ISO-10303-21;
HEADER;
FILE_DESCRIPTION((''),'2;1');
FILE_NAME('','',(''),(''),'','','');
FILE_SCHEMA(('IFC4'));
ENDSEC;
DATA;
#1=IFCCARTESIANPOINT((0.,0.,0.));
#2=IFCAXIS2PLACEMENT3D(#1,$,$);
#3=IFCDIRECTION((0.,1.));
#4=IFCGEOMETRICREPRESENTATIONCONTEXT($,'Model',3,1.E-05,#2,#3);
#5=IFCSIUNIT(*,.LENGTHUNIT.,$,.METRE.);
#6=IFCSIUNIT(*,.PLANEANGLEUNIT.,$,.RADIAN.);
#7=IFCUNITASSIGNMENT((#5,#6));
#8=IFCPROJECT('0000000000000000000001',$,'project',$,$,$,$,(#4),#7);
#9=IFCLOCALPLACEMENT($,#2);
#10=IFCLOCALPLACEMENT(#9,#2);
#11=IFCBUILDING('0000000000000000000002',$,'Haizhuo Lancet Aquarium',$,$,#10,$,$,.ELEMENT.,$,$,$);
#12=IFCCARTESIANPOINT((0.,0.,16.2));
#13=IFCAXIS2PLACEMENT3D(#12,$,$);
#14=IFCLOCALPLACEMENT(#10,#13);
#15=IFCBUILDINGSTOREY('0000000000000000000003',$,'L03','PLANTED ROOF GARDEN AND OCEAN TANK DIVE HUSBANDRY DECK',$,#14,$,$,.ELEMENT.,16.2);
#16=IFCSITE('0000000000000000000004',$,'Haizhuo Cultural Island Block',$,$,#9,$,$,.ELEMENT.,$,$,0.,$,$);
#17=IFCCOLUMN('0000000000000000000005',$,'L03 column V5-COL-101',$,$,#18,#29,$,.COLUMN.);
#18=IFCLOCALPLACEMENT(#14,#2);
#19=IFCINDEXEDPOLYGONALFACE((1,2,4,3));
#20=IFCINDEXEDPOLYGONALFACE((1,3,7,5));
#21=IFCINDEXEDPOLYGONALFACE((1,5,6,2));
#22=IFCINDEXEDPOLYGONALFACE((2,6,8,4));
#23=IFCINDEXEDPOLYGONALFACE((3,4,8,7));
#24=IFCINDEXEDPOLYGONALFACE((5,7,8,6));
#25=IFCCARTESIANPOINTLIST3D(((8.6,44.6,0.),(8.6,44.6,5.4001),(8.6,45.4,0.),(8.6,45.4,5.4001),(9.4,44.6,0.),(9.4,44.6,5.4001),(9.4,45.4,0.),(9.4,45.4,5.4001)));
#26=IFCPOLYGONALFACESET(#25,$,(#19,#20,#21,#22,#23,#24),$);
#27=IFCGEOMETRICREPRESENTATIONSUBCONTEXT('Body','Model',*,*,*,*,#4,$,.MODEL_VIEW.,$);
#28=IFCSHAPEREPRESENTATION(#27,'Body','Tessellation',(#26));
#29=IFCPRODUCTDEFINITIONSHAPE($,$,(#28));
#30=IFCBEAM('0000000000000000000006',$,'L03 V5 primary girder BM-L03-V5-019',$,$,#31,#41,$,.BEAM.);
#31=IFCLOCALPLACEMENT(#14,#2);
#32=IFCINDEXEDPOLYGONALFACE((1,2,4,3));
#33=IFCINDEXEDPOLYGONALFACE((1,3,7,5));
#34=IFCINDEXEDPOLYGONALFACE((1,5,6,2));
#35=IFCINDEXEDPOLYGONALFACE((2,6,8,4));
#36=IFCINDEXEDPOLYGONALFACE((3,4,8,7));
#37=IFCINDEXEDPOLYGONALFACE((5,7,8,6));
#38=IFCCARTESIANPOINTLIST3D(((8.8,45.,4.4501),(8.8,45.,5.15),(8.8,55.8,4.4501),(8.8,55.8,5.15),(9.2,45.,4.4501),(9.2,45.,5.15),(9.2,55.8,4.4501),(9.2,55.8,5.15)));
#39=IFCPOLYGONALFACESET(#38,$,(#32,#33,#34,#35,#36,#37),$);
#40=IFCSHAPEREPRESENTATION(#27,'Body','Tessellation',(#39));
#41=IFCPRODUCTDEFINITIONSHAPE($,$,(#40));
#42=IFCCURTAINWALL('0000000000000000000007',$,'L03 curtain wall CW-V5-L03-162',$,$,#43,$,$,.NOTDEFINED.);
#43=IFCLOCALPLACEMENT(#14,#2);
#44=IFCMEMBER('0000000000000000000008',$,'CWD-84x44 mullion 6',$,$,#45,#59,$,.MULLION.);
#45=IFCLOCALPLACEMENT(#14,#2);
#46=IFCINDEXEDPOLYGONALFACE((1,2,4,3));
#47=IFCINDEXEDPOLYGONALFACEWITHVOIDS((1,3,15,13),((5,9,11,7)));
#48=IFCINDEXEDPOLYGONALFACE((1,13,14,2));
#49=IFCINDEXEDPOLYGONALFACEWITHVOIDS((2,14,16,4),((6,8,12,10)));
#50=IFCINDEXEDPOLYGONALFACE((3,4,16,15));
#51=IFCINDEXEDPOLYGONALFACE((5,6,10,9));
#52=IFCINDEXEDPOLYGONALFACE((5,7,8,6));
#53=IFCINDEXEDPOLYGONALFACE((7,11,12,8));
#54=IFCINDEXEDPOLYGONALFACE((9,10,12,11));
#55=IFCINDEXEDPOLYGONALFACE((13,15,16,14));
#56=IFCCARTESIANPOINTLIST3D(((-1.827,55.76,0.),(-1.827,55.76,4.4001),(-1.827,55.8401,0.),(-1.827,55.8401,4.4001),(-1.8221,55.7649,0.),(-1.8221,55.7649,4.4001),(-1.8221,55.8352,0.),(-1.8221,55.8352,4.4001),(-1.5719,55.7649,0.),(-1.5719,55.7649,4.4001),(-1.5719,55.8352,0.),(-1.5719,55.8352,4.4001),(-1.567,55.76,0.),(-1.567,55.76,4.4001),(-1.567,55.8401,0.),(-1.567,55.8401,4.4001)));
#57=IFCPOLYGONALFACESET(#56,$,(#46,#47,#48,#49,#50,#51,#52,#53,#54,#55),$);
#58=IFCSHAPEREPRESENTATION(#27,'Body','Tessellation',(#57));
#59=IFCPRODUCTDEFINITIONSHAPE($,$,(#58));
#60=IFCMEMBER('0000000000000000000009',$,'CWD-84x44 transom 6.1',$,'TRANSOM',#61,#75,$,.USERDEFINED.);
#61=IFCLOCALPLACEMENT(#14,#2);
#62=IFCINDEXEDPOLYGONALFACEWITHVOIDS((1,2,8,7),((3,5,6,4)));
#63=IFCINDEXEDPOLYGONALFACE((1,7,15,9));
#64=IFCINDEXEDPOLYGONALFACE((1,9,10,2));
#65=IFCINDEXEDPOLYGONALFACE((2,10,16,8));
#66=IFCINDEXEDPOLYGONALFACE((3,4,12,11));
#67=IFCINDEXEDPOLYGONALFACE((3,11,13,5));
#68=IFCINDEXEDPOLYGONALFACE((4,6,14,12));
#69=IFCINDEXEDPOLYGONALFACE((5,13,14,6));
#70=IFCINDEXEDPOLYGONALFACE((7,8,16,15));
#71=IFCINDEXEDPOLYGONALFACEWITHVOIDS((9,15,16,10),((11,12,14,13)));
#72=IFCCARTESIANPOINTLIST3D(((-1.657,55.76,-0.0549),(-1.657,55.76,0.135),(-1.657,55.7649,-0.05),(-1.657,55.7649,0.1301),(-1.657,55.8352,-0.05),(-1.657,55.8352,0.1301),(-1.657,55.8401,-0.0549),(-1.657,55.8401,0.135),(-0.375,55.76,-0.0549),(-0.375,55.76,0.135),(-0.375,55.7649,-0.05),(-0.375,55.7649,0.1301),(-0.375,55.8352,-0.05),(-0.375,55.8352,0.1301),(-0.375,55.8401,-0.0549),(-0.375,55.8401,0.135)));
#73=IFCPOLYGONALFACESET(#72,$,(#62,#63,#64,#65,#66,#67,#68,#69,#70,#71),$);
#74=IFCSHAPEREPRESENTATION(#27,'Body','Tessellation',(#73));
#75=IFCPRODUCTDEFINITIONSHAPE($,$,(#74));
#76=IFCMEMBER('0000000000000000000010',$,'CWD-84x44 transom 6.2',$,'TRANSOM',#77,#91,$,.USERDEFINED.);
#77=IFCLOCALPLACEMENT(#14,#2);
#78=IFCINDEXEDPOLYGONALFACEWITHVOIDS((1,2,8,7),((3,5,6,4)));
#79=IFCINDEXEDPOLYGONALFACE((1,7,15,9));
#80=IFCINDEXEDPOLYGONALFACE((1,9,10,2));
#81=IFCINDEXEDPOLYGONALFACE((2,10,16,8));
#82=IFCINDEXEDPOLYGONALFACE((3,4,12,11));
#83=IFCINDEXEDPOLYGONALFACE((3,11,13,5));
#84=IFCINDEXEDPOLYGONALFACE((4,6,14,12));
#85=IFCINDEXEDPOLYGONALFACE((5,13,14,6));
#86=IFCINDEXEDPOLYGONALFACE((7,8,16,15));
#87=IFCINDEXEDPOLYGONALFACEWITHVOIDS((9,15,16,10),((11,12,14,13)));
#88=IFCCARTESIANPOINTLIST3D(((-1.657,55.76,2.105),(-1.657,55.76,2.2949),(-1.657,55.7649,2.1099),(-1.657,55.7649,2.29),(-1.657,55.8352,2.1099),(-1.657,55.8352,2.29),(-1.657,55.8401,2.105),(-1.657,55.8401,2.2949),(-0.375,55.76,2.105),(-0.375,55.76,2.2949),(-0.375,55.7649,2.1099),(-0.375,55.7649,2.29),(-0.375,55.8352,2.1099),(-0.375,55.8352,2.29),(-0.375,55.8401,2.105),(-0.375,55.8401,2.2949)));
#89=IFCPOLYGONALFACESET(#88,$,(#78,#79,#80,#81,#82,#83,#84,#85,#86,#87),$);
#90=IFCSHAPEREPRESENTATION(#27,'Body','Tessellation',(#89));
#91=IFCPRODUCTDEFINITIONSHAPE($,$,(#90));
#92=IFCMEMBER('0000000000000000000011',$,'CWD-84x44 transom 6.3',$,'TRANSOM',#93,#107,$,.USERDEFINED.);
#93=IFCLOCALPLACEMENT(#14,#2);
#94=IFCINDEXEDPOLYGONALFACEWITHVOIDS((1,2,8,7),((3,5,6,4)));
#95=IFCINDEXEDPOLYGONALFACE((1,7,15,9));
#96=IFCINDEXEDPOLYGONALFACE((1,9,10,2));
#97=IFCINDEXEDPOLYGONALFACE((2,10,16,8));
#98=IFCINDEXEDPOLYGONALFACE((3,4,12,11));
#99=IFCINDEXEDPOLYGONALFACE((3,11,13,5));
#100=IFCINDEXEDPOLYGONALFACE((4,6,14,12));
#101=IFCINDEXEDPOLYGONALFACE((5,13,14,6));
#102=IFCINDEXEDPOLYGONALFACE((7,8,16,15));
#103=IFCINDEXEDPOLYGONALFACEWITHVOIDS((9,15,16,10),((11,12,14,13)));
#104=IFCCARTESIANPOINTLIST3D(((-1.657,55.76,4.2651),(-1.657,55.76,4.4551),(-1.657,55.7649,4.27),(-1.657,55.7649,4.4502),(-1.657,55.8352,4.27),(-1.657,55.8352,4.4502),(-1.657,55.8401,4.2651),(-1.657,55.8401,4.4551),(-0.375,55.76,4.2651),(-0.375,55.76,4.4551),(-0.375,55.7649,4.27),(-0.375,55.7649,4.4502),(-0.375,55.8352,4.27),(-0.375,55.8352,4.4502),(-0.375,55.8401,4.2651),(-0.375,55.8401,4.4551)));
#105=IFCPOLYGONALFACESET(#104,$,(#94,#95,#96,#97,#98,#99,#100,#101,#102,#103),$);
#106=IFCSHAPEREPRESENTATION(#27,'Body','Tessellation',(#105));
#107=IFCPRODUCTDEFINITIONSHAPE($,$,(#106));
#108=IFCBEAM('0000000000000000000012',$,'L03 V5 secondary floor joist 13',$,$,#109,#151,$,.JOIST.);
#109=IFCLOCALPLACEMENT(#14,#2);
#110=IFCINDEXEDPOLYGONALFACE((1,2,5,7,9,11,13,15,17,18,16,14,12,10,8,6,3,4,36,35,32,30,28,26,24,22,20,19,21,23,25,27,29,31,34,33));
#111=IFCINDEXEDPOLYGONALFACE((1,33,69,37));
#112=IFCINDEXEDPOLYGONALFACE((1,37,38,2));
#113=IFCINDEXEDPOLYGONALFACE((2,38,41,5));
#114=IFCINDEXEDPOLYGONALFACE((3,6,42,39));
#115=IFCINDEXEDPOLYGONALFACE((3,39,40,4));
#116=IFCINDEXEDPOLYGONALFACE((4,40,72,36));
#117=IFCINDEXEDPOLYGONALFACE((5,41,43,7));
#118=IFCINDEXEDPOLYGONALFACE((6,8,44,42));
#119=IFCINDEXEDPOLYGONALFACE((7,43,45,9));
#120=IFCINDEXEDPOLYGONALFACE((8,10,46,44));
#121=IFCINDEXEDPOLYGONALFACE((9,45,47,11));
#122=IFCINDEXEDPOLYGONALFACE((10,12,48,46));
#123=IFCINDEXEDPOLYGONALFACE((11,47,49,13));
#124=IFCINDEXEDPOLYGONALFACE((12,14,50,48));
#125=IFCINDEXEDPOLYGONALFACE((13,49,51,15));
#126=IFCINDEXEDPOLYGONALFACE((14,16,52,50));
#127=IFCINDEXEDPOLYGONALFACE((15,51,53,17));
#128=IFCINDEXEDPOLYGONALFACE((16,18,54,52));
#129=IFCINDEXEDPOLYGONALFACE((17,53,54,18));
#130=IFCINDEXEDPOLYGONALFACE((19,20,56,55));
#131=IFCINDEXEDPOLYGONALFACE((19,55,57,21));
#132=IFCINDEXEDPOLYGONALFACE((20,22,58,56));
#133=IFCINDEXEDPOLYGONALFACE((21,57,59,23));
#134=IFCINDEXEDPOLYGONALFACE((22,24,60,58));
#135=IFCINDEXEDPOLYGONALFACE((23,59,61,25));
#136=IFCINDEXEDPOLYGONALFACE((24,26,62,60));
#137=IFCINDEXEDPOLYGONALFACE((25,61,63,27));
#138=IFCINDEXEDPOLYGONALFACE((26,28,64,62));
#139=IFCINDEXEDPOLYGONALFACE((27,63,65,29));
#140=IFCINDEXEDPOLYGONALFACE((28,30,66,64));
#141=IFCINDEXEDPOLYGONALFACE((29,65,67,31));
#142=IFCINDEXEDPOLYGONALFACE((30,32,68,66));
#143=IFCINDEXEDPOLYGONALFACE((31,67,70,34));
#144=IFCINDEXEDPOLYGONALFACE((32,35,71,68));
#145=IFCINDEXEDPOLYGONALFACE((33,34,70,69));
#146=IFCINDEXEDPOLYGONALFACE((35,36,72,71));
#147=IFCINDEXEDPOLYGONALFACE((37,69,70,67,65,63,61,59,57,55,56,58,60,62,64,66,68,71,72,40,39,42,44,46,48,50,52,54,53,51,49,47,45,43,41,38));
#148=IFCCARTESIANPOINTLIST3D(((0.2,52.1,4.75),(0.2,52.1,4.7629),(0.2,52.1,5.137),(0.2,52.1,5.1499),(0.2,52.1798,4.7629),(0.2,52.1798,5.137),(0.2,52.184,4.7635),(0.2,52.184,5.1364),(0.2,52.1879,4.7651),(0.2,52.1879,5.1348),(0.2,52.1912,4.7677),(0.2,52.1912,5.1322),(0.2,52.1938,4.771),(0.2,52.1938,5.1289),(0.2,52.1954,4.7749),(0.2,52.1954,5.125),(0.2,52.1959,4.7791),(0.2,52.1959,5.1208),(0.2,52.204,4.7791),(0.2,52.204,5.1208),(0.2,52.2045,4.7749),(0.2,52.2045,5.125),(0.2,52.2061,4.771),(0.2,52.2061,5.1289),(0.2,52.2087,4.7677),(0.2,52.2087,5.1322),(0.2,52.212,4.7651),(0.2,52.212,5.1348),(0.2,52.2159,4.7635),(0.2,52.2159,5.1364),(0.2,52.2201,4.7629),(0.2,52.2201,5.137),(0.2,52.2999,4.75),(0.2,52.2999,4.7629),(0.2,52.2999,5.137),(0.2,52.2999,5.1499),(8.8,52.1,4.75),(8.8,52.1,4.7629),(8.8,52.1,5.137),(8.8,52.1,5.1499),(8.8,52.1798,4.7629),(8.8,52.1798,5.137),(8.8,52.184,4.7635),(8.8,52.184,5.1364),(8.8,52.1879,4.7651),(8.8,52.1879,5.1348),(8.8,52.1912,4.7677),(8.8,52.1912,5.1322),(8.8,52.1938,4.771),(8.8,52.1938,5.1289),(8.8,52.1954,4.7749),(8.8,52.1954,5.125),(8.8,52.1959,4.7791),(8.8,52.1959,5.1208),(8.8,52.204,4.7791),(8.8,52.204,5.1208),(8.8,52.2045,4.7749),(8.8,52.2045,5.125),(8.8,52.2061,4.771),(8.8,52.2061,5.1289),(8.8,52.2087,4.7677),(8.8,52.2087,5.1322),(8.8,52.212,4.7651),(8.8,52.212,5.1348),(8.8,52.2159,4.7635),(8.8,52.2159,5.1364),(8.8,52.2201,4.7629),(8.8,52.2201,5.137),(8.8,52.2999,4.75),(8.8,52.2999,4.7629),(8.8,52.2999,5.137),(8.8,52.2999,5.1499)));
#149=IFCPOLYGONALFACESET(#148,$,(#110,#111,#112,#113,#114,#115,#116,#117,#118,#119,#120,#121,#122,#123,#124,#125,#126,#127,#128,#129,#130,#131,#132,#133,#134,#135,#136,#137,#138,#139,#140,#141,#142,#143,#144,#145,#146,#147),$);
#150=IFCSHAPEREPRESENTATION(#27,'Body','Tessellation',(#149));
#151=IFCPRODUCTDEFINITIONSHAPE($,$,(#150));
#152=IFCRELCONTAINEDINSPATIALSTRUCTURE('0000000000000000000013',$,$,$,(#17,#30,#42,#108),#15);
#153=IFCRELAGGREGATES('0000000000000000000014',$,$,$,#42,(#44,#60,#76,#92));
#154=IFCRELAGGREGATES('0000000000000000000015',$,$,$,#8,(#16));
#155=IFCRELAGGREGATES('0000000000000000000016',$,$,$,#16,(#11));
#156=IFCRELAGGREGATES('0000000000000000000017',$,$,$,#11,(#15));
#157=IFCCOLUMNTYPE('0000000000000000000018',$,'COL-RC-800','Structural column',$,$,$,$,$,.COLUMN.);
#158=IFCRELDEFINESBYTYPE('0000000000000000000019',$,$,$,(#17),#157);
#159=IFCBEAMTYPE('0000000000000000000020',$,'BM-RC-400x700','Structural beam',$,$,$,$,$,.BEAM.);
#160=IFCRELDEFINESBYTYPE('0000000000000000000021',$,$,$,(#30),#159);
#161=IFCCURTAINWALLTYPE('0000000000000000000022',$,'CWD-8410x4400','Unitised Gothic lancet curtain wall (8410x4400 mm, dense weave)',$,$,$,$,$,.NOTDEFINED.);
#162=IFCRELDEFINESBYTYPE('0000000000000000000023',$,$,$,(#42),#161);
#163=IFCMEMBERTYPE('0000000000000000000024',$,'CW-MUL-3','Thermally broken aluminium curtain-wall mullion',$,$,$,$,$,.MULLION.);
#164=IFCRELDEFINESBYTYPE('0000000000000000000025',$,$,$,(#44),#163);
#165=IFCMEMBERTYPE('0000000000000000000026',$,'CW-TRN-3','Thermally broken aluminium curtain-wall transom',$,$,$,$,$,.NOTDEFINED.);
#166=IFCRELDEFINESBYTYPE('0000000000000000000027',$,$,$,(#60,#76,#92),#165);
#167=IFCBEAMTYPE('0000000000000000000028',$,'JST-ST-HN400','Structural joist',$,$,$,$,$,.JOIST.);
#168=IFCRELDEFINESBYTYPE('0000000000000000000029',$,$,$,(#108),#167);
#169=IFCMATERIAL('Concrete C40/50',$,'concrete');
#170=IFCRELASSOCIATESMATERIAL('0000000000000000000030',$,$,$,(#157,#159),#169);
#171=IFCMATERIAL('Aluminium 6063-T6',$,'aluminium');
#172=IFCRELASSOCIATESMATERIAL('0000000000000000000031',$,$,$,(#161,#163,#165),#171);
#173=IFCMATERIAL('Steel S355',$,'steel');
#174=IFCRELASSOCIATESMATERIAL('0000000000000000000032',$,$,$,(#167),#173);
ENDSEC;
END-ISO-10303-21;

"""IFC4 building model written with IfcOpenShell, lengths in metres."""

from ifc_helpers import new_model, si_unit, direction, frame, origin, origin_2d, place, context, subcontext, project, spatial, rectangle, hollow_rectangle, i_section, extrude, material, material_profile, profile_set, type_object, element, aggregate, save


model = new_model("IFC4")

# Units and contexts
model_context = context("Model", 3, precision=1e-05, world=origin(), true_north=direction((0.0, 1.0)))
body_context = subcontext(model_context, "Body", "Model", "MODEL_VIEW")
ifc_project = project(units=[si_unit("LENGTHUNIT", "METRE"), si_unit("PLANEANGLEUNIT", "RADIAN")], contexts=[model_context])

# Site, building, storey
site_placement = place(None, origin())
site = spatial("IfcSite", under=ifc_project, at=site_placement, Name="Haizhuo Cultural Island Block", CompositionType="ELEMENT", RefElevation=0.0)
building_placement = place(site_placement, origin())
building = spatial("IfcBuilding", under=site, at=building_placement, Name="Haizhuo Lancet Aquarium", CompositionType="ELEMENT")
storey_placement = place(building_placement, frame((0.0, 0.0, 16.2)))
storey = spatial("IfcBuildingStorey", under=building, at=storey_placement, Name="L03", Description="PLANTED ROOF GARDEN AND OCEAN TANK DIVE HUSBANDRY DECK", CompositionType="ELEMENT", Elevation=16.2)

# Column
ifc_material_1 = material(Name="Concrete C40/50", Category="concrete")
ifc_material_profile_1 = material_profile(ifc_material_1, rectangle(XDim=0.8, YDim=0.8, at=origin_2d()), Name="RC-COL 800x800")
ifc_profile_set_1 = profile_set([ifc_material_profile_1], Name="Concrete C40/50")
column_type = type_object("IfcColumnType", Name="COL-RC-800", Description="Structural column", PredefinedType="COLUMN", material=ifc_profile_set_1)
column_placement = place(storey_placement, frame((9.0, 45.0, 0.0), z_axis=(0.0, 0.0, 1.0), x_axis=(1.0, 0.0, 0.0)))
element("IfcColumn", 1, at=column_placement, inside=storey, type_object=column_type, Name="L03 column V5-COL-101", PredefinedType="COLUMN", context=body_context, shape_type="SweptSolid", body=[
    extrude(rectangle(XDim=0.8, YDim=0.8, at=origin_2d()), origin(), (0.0, 0.0, 1.0), 5.4001),
])

# Beam
ifc_material_profile_2 = material_profile(ifc_material_1, rectangle(XDim=0.3999, YDim=0.7, at=origin_2d()), Name="RC-BM 400x700")
ifc_profile_set_2 = profile_set([ifc_material_profile_2], Name="Concrete C40/50")
beam_type_1 = type_object("IfcBeamType", Name="BM-RC-400x700", Description="Structural beam", PredefinedType="BEAM", material=ifc_profile_set_2)
beam_1_placement = place(storey_placement, frame((9.0, 45.0, 4.8), z_axis=(0.0, 1.0, 0.0), x_axis=(-1.0, 0.0, 0.0)))
element("IfcBeam", 2, at=beam_1_placement, inside=storey, type_object=beam_type_1, Name="L03 V5 primary girder BM-L03-V5-019", PredefinedType="BEAM", context=body_context, shape_type="SweptSolid", body=[
    extrude(rectangle(XDim=0.3999, YDim=0.7, at=origin_2d()), origin(), (0.0, 0.0, 1.0), 10.8),
])

# Curtain wall, members
ifc_material_2 = material(Name="Aluminium 6063-T6", Category="aluminium")
curtain_wall_type = type_object("IfcCurtainWallType", Name="CWD-8410x4400", Description="Unitised Gothic lancet curtain wall (8410x4400 mm, dense weave)", PredefinedType="NOTDEFINED", material=ifc_material_2)
curtain_wall_placement = place(storey_placement, origin())
curtain_wall = element("IfcCurtainWall", 3, at=curtain_wall_placement, inside=storey, type_object=curtain_wall_type, Name="L03 curtain wall CW-V5-L03-162", PredefinedType="NOTDEFINED")
ifc_material_profile_3 = material_profile(ifc_material_2, hollow_rectangle(XDim=0.0801, YDim=0.26, WallThickness=0.0049, at=origin_2d()), Name="ALU-M 80x260x5")
ifc_profile_set_3 = profile_set([ifc_material_profile_3], Name="Aluminium 6063-T6")
member_type_1 = type_object("IfcMemberType", Name="CW-MUL-3", Description="Thermally broken aluminium curtain-wall mullion", PredefinedType="MULLION", material=ifc_profile_set_3)
member_1_placement = place(storey_placement, frame((-1.697, 55.8, 0.0), z_axis=(0.0, 0.0, 1.0), x_axis=(0.0, 1.0, 0.0)))
member_1 = element("IfcMember", 4, at=member_1_placement, type_object=member_type_1, Name="CWD-84x44 mullion 6", PredefinedType="MULLION", context=body_context, shape_type="SweptSolid", body=[
    extrude(hollow_rectangle(XDim=0.0801, YDim=0.26, WallThickness=0.0049, at=origin_2d()), origin(), (0.0, 0.0, 1.0), 4.4001),
])
ifc_material_profile_4 = material_profile(ifc_material_2, hollow_rectangle(XDim=0.0801, YDim=0.1899, WallThickness=0.0049, at=origin_2d()), Name="ALU-T 80x190x5")
ifc_profile_set_4 = profile_set([ifc_material_profile_4], Name="Aluminium 6063-T6")
member_type_2 = type_object("IfcMemberType", Name="CW-TRN-3", Description="Thermally broken aluminium curtain-wall transom", PredefinedType="NOTDEFINED", material=ifc_profile_set_4)
member_2_placement = place(storey_placement, frame((-1.657, 55.8, 0.04), z_axis=(1.0, 0.0, 0.0), x_axis=(0.0, 1.0, 0.0)))
member_2 = element("IfcMember", 5, at=member_2_placement, type_object=member_type_2, Name="CWD-84x44 transom 6.1", ObjectType="TRANSOM", PredefinedType="USERDEFINED", context=body_context, shape_type="SweptSolid", body=[
    extrude(hollow_rectangle(XDim=0.0801, YDim=0.1899, WallThickness=0.0049, at=origin_2d()), origin(), (0.0, 0.0, 1.0), 1.282),
])
member_3_placement = place(storey_placement, frame((-1.657, 55.8, 2.2), z_axis=(1.0, 0.0, 0.0), x_axis=(0.0, 1.0, 0.0)))
member_3 = element("IfcMember", 6, at=member_3_placement, type_object=member_type_2, Name="CWD-84x44 transom 6.2", ObjectType="TRANSOM", PredefinedType="USERDEFINED", context=body_context, shape_type="SweptSolid", body=[
    extrude(hollow_rectangle(XDim=0.0801, YDim=0.1899, WallThickness=0.0049, at=origin_2d()), origin(), (0.0, 0.0, 1.0), 1.282),
])
member_4_placement = place(storey_placement, frame((-1.657, 55.8, 4.3601), z_axis=(1.0, 0.0, 0.0), x_axis=(0.0, 1.0, 0.0)))
member_4 = element("IfcMember", 7, at=member_4_placement, type_object=member_type_2, Name="CWD-84x44 transom 6.3", ObjectType="TRANSOM", PredefinedType="USERDEFINED", context=body_context, shape_type="SweptSolid", body=[
    extrude(hollow_rectangle(XDim=0.0801, YDim=0.1899, WallThickness=0.0049, at=origin_2d()), origin(), (0.0, 0.0, 1.0), 1.282),
])

# Beam
ifc_material_3 = material(Name="Steel S355", Category="steel")
ifc_material_profile_5 = material_profile(ifc_material_3, i_section(OverallWidth=0.2, OverallDepth=0.3999, WebThickness=0.0081, FlangeThickness=0.0129, FilletRadius=0.0161, at=origin_2d()), Name="HN 400x200x8x13")
ifc_profile_set_5 = profile_set([ifc_material_profile_5], Name="Steel S355")
beam_type_2 = type_object("IfcBeamType", Name="JST-ST-HN400", Description="Structural joist", PredefinedType="JOIST", material=ifc_profile_set_5)
beam_2_placement = place(storey_placement, frame((0.2, 52.2, 4.95), z_axis=(1.0, 0.0, 0.0), x_axis=(0.0, 1.0, 0.0)))
element("IfcBeam", 8, at=beam_2_placement, inside=storey, type_object=beam_type_2, Name="L03 V5 secondary floor joist 13", PredefinedType="JOIST", context=body_context, shape_type="SweptSolid", body=[
    extrude(i_section(OverallWidth=0.2, OverallDepth=0.3999, WebThickness=0.0081, FlangeThickness=0.0129, FilletRadius=0.0161, at=origin_2d()), origin(), (0.0, 0.0, 1.0), 8.6001),
])

aggregate(curtain_wall, [member_1, member_2, member_3, member_4])

save(model, "model.ifc")
